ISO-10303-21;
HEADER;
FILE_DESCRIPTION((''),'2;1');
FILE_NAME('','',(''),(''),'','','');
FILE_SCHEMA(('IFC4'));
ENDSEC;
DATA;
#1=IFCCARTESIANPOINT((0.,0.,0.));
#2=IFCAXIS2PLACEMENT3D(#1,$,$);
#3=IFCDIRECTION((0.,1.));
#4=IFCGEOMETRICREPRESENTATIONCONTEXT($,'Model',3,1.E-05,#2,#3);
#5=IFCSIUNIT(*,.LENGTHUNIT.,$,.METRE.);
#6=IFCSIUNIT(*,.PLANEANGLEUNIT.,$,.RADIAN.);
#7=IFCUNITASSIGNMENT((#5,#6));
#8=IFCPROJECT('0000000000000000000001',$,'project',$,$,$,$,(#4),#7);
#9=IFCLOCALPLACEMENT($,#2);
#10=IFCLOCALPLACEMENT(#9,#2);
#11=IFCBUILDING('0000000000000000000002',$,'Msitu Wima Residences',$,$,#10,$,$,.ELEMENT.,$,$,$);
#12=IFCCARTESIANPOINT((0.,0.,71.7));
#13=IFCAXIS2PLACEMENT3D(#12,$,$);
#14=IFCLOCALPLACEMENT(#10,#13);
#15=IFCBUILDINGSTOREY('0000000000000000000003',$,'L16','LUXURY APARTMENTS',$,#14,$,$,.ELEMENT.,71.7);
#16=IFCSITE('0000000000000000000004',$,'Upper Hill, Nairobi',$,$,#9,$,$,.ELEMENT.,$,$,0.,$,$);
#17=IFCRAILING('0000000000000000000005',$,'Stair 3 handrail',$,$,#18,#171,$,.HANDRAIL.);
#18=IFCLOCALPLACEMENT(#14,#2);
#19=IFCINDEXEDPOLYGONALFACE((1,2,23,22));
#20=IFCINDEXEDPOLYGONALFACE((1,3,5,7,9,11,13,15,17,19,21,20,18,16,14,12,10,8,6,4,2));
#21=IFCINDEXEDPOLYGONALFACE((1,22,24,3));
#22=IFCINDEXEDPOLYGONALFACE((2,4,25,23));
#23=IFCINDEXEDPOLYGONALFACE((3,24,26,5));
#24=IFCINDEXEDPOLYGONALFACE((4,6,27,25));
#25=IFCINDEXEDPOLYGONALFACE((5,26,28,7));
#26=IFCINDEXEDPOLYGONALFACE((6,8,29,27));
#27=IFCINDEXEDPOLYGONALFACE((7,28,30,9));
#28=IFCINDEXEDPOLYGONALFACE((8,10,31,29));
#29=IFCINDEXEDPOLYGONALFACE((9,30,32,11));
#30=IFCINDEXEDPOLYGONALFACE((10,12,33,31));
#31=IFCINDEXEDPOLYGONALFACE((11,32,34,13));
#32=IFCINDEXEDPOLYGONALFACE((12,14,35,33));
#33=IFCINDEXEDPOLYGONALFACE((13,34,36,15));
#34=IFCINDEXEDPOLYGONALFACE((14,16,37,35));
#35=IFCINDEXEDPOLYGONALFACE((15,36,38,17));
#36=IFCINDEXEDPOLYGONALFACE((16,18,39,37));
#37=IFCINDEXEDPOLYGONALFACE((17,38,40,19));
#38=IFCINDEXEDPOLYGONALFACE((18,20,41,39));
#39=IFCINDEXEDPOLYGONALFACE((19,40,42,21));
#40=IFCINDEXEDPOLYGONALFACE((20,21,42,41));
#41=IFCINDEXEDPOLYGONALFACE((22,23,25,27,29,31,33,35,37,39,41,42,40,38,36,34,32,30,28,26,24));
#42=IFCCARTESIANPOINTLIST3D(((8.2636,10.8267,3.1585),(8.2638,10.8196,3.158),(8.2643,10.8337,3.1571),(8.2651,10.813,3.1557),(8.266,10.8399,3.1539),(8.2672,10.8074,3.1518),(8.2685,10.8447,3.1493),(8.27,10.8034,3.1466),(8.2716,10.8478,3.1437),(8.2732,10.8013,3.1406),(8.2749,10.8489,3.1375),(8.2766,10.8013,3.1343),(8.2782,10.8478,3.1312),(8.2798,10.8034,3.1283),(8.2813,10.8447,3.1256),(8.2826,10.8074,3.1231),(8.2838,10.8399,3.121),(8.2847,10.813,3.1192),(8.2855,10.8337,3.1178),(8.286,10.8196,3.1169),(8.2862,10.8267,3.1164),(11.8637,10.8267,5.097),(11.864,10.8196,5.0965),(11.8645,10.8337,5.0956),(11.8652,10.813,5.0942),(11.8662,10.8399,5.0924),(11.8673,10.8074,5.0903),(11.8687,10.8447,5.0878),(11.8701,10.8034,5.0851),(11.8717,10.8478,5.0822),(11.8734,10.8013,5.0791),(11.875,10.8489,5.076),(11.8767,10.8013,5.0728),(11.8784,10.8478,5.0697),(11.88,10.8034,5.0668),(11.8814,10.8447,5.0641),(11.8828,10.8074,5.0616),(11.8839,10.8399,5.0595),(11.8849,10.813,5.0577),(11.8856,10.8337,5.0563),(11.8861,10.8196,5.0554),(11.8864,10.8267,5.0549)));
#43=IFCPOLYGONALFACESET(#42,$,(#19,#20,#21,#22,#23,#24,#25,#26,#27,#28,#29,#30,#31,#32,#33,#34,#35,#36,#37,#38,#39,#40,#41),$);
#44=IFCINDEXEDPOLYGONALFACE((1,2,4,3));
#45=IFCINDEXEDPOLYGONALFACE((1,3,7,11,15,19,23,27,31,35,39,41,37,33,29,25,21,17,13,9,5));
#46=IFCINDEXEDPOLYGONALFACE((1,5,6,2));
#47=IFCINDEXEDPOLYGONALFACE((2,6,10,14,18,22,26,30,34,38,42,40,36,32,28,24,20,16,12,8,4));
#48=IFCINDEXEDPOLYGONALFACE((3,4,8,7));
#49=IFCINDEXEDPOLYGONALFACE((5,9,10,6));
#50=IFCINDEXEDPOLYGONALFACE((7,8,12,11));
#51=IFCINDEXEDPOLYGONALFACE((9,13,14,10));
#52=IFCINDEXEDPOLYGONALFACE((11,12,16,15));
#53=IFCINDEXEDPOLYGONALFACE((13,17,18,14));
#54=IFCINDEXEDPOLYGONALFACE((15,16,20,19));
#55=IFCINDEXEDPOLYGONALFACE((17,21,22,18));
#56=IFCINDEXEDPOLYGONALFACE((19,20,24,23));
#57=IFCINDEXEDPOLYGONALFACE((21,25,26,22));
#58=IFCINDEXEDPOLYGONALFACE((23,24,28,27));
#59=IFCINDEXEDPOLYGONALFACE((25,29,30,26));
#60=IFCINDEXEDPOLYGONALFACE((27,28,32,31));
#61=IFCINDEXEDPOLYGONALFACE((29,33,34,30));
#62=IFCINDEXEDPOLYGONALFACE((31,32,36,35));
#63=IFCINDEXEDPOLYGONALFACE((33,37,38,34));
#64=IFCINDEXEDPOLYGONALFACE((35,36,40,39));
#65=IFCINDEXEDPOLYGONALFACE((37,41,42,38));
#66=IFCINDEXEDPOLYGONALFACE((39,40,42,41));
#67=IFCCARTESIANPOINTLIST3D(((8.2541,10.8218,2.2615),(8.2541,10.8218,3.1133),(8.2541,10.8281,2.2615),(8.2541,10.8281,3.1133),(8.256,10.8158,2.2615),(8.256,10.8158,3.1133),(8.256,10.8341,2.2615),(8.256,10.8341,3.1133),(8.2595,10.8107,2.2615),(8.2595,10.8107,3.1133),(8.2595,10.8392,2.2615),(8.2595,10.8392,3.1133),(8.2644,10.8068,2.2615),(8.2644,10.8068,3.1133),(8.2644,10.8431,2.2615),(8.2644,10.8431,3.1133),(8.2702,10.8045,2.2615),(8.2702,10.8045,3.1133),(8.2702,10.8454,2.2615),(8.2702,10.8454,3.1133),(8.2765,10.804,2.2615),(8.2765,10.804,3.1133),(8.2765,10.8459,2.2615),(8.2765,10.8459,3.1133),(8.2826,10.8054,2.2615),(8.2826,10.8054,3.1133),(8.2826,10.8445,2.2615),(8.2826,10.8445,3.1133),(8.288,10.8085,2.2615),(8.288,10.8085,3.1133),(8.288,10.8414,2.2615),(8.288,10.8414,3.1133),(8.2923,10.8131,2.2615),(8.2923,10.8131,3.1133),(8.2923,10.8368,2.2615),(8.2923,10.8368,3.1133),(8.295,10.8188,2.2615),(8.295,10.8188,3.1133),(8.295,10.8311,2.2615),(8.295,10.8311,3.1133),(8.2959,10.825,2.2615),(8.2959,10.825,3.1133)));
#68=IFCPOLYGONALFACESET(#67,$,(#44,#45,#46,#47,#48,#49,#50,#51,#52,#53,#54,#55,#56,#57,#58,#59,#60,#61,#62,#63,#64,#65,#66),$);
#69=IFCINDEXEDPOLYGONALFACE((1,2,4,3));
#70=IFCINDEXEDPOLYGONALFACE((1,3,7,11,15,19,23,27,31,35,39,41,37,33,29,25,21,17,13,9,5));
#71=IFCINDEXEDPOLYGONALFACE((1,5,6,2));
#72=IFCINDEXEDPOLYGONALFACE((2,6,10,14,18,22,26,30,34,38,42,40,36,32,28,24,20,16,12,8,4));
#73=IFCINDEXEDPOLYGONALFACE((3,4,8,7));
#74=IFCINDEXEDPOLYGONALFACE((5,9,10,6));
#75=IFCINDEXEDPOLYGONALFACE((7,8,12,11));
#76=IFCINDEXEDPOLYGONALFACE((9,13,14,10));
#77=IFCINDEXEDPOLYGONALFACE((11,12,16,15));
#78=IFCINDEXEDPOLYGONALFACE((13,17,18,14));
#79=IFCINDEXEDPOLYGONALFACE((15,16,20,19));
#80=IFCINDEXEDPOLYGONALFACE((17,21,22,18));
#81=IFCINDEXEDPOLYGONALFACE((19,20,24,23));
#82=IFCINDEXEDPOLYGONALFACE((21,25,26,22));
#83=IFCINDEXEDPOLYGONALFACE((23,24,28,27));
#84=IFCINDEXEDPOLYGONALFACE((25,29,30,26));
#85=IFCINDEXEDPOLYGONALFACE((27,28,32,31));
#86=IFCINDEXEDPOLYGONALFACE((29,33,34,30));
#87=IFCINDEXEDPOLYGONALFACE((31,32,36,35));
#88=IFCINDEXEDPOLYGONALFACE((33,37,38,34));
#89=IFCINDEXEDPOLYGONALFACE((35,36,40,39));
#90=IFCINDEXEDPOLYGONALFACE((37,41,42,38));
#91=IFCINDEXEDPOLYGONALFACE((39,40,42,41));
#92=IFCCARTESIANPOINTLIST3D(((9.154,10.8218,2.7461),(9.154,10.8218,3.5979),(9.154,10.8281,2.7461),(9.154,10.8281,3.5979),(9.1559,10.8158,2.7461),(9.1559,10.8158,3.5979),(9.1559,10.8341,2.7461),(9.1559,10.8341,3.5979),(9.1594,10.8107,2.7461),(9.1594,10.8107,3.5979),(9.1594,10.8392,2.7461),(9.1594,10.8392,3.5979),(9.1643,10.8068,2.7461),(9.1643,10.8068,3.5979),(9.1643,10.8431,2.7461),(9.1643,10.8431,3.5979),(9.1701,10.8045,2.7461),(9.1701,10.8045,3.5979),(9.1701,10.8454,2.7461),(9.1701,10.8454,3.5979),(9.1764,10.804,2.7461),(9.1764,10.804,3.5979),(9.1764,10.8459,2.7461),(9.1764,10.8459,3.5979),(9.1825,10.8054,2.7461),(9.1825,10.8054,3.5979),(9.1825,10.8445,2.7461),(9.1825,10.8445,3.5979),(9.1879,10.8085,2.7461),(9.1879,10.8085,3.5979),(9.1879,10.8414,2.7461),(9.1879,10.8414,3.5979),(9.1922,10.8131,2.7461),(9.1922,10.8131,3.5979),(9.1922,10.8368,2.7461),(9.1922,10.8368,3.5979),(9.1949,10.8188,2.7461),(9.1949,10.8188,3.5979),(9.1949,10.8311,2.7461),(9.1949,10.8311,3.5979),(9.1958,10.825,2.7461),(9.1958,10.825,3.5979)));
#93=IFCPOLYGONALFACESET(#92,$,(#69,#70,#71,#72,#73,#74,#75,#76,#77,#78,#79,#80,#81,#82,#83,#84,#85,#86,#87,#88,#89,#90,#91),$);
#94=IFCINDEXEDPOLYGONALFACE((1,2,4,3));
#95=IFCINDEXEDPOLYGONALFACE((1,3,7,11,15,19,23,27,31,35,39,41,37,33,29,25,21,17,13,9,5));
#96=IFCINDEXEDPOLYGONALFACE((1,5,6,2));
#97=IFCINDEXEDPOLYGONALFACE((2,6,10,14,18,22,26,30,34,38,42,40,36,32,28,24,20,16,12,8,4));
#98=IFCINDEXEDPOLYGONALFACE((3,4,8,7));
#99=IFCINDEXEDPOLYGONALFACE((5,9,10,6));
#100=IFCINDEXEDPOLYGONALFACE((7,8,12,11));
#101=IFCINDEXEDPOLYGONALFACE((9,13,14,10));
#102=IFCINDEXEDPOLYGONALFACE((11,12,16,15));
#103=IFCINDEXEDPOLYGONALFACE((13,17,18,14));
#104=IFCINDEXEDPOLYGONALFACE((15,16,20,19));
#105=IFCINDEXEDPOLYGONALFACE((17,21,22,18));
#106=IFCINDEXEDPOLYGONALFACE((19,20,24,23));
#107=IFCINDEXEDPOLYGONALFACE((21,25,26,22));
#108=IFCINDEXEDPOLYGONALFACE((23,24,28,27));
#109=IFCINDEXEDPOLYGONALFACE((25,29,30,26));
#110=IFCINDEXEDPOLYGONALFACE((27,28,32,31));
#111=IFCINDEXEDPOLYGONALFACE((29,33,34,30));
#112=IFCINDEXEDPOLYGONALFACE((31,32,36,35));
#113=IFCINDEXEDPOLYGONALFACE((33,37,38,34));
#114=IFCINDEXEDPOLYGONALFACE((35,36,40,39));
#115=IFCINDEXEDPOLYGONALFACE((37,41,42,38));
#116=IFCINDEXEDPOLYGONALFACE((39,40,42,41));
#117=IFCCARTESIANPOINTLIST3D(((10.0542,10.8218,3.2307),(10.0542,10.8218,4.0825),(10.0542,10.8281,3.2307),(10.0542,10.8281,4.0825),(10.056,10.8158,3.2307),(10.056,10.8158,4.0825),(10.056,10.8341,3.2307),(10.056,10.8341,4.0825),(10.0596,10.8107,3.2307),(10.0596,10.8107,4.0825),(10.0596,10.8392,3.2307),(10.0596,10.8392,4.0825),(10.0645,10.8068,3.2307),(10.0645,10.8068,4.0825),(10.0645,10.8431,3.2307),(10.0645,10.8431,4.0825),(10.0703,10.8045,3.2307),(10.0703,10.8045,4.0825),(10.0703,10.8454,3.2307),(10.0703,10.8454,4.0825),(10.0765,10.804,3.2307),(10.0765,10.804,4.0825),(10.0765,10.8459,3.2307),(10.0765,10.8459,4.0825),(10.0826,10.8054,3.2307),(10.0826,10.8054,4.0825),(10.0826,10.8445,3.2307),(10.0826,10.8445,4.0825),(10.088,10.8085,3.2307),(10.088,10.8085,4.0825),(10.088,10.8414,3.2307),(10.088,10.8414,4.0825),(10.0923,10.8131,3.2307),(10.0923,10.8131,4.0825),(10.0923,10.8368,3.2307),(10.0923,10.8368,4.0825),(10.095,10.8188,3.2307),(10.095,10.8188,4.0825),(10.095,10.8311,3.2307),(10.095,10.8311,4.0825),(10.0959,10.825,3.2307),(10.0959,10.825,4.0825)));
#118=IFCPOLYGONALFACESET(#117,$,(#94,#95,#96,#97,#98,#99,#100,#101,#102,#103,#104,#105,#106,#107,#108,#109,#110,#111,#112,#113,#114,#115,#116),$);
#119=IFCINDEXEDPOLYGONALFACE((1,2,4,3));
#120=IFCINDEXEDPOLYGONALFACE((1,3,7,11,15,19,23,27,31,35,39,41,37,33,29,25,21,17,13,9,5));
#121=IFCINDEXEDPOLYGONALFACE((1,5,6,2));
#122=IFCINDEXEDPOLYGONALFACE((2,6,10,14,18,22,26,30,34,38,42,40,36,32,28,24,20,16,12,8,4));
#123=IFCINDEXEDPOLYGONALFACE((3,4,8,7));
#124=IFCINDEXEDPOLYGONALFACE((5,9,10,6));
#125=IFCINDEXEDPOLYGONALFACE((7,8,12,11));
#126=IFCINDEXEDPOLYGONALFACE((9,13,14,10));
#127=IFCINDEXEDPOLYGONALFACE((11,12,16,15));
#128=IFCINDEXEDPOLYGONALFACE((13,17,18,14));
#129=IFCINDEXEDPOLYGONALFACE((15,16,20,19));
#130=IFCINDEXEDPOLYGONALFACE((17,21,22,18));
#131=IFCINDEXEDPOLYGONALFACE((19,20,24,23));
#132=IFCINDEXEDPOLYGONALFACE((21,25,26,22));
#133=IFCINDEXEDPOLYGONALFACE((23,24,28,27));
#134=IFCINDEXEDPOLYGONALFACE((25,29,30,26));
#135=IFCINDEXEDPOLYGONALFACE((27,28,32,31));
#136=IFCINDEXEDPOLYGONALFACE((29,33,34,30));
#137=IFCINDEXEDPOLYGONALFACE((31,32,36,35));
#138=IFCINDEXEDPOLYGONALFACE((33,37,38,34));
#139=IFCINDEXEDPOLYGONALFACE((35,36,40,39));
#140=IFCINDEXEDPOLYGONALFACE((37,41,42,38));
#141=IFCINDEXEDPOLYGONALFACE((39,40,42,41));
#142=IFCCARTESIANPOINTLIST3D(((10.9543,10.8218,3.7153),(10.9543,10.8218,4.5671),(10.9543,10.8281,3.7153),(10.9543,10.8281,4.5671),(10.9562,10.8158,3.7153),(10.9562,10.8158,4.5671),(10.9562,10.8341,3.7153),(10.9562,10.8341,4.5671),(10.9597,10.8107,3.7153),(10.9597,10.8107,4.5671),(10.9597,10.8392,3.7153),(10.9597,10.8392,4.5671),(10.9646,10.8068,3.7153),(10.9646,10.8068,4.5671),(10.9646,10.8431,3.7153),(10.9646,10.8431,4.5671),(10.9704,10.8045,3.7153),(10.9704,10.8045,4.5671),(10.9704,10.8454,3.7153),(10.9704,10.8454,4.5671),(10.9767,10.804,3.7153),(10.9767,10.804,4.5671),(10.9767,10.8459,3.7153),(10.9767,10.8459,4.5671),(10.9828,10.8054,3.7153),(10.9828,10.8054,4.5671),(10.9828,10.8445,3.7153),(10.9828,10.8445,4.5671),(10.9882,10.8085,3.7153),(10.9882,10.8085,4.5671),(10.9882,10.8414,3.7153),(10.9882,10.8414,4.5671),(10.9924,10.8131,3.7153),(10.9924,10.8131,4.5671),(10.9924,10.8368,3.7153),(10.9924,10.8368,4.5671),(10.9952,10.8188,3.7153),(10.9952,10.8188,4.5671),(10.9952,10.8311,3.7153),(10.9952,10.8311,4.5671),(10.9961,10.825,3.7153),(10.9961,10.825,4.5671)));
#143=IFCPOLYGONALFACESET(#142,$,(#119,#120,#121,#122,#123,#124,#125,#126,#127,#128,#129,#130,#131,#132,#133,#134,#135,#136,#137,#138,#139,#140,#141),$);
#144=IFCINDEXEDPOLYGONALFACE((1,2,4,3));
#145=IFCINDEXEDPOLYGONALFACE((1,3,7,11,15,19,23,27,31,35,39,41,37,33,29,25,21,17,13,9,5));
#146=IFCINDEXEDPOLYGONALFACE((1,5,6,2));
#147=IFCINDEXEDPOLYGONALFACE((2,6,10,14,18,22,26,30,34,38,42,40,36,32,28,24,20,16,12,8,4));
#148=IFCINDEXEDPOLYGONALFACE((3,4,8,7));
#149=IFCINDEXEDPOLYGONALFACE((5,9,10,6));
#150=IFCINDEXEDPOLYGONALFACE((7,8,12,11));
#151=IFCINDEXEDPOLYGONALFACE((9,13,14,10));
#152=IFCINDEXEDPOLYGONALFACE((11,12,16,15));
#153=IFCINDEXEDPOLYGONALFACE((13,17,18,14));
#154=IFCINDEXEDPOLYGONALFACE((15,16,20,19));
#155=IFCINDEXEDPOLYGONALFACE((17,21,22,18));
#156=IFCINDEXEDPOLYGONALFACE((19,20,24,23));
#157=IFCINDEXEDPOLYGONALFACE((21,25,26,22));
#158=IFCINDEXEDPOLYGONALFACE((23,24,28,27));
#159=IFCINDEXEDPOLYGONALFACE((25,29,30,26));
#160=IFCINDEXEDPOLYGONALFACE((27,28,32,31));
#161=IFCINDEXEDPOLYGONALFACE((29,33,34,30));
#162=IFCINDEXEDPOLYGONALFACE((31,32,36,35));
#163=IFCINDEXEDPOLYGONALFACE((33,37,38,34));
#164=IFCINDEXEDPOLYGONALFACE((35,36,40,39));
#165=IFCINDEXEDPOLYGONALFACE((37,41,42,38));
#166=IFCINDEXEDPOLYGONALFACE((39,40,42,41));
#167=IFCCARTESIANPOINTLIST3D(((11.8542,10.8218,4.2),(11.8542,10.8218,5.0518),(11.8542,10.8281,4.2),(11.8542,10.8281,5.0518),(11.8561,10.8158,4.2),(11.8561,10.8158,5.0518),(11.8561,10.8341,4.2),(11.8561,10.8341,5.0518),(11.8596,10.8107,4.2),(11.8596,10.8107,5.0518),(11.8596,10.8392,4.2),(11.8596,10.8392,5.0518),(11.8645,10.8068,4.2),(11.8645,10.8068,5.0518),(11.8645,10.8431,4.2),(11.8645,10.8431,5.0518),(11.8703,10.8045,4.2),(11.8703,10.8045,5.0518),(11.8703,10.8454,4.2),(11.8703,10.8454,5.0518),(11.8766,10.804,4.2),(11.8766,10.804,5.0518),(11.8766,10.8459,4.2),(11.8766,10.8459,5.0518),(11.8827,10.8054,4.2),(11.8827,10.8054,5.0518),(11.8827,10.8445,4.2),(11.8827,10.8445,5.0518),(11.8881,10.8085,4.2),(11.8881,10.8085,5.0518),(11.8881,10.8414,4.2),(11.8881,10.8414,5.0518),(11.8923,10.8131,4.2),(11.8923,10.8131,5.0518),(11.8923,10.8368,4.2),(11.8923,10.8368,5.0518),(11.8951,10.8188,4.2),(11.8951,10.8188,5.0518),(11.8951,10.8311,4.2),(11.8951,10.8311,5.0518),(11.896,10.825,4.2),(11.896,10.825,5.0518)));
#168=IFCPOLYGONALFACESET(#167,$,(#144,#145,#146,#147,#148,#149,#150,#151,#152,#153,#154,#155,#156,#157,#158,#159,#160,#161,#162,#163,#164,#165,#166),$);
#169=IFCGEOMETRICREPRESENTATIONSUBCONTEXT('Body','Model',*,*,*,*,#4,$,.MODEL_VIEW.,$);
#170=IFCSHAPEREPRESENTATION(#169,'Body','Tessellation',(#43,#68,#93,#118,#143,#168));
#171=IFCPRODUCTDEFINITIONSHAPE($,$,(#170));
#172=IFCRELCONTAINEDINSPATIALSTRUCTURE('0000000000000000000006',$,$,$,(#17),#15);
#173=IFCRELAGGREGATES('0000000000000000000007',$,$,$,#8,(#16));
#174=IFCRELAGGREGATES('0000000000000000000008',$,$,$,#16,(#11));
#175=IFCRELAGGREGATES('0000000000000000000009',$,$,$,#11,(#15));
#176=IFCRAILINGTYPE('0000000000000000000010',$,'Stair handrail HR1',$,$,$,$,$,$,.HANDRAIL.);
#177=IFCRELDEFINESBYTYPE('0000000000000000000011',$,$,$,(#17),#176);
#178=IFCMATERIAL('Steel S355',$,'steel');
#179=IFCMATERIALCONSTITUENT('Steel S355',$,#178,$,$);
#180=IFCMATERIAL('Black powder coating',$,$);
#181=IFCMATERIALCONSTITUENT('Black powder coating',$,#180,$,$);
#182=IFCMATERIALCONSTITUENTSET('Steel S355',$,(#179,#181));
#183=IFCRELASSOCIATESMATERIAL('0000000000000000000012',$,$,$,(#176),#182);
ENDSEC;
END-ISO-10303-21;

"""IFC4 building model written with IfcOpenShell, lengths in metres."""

from ifc_helpers import new_model, si_unit, direction, frame, origin, origin_2d, place, context, subcontext, project, spatial, circle, extrude, material, constituent, constituent_set, type_object, element, save


model = new_model("IFC4")

# Units and contexts
model_context = context("Model", 3, precision=1e-05, world=origin(), true_north=direction((0.0, 1.0)))
body_context = subcontext(model_context, "Body", "Model", "MODEL_VIEW")
ifc_project = project(units=[si_unit("LENGTHUNIT", "METRE"), si_unit("PLANEANGLEUNIT", "RADIAN")], contexts=[model_context])

# Site, building, storey
site_placement = place(None, origin())
site = spatial("IfcSite", under=ifc_project, at=site_placement, Name="Upper Hill, Nairobi", CompositionType="ELEMENT", RefElevation=0.0)
building_placement = place(site_placement, origin())
building = spatial("IfcBuilding", under=site, at=building_placement, Name="Msitu Wima Residences", CompositionType="ELEMENT")
storey_placement = place(building_placement, frame((0.0, 0.0, 71.7)))
storey = spatial("IfcBuildingStorey", under=building, at=storey_placement, Name="L16", Description="LUXURY APARTMENTS", CompositionType="ELEMENT", Elevation=71.7)

# Railing
ifc_material_1 = material(Name="Steel S355", Category="steel")
ifc_constituent_1 = constituent(ifc_material_1, Name="Steel S355")
ifc_material_2 = material(Name="Black powder coating")
ifc_constituent_2 = constituent(ifc_material_2, Name="Black powder coating")
ifc_constituent_set = constituent_set(constituents=[ifc_constituent_1, ifc_constituent_2], Name="Steel S355")
railing_type = type_object("IfcRailingType", Name="Stair handrail HR1", PredefinedType="HANDRAIL", material=ifc_constituent_set)
for number, where, name in (
    (1, (8.2749, 10.825, 2.2615), "Stair 3 handrail"),
):
    element("IfcRailing", number, at=place(storey_placement, frame(where)), inside=storey, type_object=railing_type, Name=name, PredefinedType="HANDRAIL", context=body_context, shape_type="SweptSolid", body=[
        extrude(circle(Radius=0.0239, at=origin_2d()), frame((0.0, 0.0, 0.876), z_axis=(0.880475, 0.0, 0.474093), x_axis=(0.0, 1.0, 0.0)), (0.0, 0.0, 1.0), 4.0889),
        extrude(circle(Radius=0.021, at=origin_2d()), origin(), (0.0, 0.0, 1.0), 0.8518),
        extrude(circle(Radius=0.021, at=origin_2d()), frame((0.8999, 0.0, 0.4846)), (0.0, 0.0, 1.0), 0.8518),
        extrude(circle(Radius=0.021, at=origin_2d()), frame((1.8, 0.0, 0.9692)), (0.0, 0.0, 1.0), 0.8518),
        extrude(circle(Radius=0.021, at=origin_2d()), frame((2.7002, 0.0, 1.4539)), (0.0, 0.0, 1.0), 0.8518),
        extrude(circle(Radius=0.021, at=origin_2d()), frame((3.6001, 0.0, 1.9385)), (0.0, 0.0, 1.0), 0.8518),
    ])

save(model, "model.ifc")
